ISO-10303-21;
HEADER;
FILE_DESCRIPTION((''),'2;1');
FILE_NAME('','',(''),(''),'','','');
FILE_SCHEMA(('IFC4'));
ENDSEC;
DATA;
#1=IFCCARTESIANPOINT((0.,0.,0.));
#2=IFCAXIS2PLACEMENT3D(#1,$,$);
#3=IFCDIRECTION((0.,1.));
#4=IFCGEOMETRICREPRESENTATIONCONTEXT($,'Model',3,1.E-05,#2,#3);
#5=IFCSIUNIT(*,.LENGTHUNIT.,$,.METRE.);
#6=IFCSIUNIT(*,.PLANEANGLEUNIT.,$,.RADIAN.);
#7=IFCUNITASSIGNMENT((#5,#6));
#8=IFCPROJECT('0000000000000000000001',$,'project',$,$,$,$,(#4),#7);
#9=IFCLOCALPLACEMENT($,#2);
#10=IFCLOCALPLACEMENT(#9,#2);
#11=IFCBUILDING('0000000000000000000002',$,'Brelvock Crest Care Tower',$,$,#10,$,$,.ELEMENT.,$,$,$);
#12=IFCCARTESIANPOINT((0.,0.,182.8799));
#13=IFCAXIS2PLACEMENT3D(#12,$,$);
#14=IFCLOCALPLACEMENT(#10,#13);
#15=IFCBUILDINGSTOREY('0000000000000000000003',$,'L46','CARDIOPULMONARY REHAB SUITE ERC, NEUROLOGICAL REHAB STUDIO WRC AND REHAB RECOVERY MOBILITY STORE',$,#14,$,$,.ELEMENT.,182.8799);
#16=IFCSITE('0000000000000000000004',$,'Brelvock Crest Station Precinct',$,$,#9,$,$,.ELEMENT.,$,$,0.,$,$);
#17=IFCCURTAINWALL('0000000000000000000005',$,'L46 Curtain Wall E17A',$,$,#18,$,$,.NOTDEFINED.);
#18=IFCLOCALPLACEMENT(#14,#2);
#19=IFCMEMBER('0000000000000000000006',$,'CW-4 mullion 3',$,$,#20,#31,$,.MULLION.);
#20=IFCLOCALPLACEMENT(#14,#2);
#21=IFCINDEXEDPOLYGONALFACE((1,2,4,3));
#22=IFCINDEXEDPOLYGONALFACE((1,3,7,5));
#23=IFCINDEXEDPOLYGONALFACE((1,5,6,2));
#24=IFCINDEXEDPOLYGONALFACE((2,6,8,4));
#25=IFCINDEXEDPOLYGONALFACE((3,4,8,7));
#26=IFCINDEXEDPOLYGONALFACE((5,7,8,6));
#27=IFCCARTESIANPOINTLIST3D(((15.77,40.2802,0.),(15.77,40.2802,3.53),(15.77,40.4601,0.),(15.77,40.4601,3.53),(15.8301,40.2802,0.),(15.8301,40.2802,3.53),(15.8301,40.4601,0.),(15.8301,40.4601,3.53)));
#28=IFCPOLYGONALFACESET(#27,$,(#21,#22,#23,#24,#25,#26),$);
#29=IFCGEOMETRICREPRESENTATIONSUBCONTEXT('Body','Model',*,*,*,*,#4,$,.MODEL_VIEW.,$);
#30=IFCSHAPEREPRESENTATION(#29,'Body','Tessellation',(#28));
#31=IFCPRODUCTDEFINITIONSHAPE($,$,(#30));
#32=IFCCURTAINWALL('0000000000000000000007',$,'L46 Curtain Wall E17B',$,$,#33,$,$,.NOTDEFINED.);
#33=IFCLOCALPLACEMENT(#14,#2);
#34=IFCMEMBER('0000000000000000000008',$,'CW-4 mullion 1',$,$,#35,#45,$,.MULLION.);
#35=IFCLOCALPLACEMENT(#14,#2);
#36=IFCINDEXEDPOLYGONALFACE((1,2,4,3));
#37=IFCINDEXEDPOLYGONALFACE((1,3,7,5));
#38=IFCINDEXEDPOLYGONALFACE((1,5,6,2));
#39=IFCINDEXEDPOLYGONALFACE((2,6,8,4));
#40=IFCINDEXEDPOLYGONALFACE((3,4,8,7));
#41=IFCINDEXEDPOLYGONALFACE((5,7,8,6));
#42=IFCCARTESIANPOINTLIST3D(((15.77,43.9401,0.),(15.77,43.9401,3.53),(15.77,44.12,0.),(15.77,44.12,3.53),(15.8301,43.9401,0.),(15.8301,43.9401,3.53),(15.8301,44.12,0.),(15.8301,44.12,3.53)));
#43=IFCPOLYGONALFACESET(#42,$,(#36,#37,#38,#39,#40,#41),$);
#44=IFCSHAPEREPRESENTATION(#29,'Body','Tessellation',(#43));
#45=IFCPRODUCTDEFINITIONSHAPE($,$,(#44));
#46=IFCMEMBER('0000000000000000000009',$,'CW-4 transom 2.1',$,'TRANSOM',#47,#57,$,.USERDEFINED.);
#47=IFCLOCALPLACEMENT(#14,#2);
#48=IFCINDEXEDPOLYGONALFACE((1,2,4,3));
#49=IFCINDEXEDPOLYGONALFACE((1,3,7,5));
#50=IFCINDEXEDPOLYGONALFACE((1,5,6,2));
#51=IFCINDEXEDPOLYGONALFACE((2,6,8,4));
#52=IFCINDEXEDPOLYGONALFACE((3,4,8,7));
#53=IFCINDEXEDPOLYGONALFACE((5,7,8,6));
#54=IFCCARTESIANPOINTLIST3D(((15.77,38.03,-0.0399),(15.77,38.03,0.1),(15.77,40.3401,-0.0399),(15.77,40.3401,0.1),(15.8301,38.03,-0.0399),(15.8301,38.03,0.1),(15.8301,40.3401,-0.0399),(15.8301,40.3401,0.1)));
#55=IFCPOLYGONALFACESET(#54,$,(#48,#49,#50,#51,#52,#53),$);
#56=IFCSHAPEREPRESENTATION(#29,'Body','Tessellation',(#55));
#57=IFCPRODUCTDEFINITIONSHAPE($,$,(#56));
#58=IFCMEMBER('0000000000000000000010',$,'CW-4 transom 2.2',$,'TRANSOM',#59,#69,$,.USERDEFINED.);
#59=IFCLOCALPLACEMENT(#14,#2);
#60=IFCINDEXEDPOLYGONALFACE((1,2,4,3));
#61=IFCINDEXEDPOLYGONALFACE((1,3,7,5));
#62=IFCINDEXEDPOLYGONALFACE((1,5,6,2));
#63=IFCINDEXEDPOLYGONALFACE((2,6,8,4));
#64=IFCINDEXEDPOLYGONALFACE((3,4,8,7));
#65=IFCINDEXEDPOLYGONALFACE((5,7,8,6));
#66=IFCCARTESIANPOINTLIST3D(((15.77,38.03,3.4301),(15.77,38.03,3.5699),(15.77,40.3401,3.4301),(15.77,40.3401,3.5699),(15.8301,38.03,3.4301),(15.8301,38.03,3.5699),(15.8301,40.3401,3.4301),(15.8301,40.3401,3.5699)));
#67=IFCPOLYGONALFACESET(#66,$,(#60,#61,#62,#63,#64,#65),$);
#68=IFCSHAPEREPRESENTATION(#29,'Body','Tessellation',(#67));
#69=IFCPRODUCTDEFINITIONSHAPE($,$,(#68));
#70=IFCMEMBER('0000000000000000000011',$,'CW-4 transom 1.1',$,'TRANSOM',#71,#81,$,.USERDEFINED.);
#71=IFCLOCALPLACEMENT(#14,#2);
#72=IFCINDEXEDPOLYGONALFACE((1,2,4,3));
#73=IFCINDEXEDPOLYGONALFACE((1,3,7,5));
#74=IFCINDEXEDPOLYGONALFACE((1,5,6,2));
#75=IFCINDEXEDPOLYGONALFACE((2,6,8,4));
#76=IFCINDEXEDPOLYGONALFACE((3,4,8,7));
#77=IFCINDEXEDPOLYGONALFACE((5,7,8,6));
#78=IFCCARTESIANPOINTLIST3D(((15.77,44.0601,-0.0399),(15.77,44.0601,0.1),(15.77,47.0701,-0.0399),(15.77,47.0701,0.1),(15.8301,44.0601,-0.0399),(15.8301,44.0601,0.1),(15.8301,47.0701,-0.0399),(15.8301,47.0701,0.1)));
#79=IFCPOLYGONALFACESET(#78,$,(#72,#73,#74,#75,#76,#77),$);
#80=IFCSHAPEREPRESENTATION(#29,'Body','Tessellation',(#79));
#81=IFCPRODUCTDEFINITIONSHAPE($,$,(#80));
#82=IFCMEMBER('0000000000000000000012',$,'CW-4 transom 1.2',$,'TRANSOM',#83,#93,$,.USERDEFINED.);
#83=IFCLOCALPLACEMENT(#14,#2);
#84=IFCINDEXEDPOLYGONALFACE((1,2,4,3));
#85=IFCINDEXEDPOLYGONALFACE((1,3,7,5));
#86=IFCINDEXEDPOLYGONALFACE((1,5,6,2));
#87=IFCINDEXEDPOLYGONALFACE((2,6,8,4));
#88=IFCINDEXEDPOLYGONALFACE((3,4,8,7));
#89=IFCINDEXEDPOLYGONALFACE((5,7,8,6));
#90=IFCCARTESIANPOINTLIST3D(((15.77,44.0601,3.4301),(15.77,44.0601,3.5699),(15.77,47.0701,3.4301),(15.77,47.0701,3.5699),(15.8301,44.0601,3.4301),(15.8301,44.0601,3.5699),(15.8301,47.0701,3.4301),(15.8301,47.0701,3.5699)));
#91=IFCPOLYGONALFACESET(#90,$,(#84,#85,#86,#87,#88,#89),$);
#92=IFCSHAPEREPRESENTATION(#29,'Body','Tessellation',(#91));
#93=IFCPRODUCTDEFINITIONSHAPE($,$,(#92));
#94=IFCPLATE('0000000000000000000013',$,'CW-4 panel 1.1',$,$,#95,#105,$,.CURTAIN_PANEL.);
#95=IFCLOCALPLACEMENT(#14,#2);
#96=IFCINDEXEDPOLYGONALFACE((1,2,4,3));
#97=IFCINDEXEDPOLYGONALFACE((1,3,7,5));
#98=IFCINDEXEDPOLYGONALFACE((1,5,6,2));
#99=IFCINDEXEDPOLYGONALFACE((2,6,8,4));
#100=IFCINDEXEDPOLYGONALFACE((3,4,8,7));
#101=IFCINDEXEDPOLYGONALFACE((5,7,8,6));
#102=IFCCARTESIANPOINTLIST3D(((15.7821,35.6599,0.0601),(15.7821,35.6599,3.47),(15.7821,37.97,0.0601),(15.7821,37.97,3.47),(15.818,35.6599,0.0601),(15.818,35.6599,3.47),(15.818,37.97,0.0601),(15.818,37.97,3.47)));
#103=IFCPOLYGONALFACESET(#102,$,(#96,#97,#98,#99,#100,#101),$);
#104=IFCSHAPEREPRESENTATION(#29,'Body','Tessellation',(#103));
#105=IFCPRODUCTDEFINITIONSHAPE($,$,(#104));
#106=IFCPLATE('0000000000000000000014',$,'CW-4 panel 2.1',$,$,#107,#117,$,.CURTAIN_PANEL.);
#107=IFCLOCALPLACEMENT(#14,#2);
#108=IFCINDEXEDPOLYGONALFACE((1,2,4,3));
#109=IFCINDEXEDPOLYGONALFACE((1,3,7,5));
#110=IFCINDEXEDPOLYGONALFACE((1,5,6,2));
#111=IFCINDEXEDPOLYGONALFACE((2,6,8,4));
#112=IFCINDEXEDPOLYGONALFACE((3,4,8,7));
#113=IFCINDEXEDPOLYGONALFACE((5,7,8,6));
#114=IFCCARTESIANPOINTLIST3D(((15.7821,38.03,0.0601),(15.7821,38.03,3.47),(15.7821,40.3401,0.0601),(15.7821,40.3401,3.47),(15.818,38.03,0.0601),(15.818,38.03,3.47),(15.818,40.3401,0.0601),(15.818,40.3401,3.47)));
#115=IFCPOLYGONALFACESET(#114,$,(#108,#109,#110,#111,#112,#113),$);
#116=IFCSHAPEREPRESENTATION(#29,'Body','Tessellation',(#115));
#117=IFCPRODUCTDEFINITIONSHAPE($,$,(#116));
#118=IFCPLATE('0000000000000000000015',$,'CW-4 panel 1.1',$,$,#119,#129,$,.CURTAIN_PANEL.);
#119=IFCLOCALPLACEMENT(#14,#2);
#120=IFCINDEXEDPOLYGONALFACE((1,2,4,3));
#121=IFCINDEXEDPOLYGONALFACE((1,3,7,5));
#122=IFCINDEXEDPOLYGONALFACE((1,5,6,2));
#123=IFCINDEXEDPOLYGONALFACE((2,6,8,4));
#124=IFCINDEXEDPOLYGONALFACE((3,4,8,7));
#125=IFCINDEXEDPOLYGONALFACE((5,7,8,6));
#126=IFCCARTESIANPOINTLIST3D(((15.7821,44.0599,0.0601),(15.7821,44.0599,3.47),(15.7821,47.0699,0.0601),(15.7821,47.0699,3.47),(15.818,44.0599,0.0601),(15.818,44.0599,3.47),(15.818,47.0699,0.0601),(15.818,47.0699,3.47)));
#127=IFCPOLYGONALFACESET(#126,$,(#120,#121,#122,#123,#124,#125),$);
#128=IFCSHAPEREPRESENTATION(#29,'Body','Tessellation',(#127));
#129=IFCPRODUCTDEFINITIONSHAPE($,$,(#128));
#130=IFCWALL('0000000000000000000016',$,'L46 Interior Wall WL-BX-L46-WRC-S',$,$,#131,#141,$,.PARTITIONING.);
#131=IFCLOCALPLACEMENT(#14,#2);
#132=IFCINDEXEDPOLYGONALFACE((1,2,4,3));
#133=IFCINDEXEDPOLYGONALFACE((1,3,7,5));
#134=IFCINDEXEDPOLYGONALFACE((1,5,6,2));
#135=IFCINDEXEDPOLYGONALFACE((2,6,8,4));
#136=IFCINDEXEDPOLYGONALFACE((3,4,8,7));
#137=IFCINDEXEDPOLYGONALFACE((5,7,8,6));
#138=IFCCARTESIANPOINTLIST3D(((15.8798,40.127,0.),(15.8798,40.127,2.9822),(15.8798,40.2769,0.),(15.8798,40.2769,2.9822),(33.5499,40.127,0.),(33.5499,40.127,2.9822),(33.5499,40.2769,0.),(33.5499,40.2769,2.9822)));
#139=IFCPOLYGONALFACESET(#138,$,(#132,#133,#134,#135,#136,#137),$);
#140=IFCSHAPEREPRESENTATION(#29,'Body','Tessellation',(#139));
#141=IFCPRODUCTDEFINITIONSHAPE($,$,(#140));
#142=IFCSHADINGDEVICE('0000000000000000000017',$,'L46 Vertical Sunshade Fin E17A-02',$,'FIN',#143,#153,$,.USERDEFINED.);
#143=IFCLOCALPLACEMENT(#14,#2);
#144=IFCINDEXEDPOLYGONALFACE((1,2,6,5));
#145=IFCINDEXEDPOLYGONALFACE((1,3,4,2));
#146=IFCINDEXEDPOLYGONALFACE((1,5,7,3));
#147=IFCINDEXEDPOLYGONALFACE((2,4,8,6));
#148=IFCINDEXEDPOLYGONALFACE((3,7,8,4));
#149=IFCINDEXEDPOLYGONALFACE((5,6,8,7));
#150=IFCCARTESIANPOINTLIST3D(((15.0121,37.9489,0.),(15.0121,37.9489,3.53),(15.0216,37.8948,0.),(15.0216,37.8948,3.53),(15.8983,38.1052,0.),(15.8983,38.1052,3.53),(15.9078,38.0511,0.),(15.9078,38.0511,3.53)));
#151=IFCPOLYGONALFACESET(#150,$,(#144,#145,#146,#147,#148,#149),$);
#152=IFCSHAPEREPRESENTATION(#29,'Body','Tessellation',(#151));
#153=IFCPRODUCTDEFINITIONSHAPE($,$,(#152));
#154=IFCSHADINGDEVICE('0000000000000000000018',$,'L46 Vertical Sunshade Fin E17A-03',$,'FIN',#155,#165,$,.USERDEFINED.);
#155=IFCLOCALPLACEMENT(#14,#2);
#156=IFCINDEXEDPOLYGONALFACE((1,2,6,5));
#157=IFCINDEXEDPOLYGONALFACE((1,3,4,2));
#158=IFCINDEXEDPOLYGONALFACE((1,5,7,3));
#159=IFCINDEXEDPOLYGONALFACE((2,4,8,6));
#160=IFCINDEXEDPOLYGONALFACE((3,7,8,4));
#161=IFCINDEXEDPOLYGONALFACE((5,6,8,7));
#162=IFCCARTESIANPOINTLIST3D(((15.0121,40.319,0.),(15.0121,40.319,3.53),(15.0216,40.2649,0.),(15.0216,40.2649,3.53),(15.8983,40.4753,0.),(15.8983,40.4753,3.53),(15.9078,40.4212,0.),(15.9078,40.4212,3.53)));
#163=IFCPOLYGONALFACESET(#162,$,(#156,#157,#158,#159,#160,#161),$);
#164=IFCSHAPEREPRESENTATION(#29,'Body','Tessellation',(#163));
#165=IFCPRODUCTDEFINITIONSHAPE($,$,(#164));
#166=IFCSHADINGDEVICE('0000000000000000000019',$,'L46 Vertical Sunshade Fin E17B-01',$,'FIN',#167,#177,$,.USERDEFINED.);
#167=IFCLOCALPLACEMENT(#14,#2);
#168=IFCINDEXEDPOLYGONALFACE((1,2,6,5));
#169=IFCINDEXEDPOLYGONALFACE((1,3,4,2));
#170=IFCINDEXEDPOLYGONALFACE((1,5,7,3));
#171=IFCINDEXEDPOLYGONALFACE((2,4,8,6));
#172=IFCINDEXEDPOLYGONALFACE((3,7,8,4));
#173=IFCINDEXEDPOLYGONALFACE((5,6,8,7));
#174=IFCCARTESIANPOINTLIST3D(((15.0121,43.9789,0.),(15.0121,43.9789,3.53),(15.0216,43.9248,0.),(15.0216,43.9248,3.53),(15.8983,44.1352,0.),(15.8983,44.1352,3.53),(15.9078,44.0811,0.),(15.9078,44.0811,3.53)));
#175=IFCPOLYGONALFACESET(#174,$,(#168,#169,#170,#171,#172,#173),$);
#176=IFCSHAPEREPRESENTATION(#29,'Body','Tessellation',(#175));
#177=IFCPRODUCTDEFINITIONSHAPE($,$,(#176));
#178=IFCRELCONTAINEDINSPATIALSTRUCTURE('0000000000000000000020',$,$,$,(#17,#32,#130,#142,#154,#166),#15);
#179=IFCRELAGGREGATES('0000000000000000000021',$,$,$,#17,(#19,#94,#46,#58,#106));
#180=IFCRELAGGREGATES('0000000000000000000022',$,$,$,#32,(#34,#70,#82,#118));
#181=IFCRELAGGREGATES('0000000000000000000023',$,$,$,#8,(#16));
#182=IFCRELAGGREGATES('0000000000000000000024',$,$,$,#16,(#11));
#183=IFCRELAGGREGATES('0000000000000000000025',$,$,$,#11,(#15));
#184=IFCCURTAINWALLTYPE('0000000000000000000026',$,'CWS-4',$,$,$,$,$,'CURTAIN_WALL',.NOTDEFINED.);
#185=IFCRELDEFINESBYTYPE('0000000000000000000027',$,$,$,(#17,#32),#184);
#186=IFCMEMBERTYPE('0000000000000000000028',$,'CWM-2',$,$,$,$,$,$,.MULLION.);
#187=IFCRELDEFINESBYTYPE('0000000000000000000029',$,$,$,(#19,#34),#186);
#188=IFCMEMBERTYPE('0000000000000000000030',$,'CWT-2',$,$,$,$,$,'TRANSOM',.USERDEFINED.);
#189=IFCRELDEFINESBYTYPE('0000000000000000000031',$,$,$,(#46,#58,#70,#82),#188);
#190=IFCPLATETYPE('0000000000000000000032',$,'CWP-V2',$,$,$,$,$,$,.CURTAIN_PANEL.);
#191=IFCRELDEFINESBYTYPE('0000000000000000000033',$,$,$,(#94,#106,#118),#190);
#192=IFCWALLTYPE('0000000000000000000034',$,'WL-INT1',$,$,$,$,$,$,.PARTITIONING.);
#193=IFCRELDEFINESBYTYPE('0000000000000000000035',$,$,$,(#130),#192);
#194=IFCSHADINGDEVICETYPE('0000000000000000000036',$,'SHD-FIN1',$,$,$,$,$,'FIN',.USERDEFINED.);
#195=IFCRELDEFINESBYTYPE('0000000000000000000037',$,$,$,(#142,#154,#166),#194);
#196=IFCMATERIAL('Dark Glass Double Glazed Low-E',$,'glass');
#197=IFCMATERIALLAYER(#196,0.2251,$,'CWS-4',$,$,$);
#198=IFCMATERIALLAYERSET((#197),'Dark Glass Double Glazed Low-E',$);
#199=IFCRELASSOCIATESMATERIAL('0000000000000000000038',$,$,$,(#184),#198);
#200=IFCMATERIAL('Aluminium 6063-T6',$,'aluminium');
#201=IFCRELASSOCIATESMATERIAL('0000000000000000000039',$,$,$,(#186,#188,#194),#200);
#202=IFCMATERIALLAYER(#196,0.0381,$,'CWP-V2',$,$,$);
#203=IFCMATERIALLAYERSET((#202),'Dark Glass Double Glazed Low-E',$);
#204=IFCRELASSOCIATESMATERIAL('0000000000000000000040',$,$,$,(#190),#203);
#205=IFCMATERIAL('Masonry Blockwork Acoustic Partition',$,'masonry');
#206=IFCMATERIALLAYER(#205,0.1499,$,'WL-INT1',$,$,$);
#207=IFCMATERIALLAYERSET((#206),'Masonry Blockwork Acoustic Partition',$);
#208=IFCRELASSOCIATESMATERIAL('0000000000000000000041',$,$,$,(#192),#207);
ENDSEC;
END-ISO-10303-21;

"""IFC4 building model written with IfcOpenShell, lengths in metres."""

from ifc_helpers import new_model, si_unit, direction, frame, frame_2d, origin, origin_2d, place, context, subcontext, project, spatial, rectangle, extrude, source, transform, mapped, material, layer, layer_set, material_profile, profile_set, type_object, element, aggregate, save


model = new_model("IFC4")

# Units and contexts
model_context = context("Model", 3, precision=1e-05, world=origin(), true_north=direction((0.0, 1.0)))
body_context = subcontext(model_context, "Body", "Model", "MODEL_VIEW")
ifc_project = project(units=[si_unit("LENGTHUNIT", "METRE"), si_unit("PLANEANGLEUNIT", "RADIAN")], contexts=[model_context])

# Site, building, storey
site_placement = place(None, origin())
site = spatial("IfcSite", under=ifc_project, at=site_placement, Name="Brelvock Crest Station Precinct", CompositionType="ELEMENT", RefElevation=0.0)
building_placement = place(site_placement, origin())
building = spatial("IfcBuilding", under=site, at=building_placement, Name="Brelvock Crest Care Tower", CompositionType="ELEMENT")
storey_placement = place(building_placement, frame((0.0, 0.0, 182.8799)))
storey = spatial("IfcBuildingStorey", under=building, at=storey_placement, Name="L46", Description="CARDIOPULMONARY REHAB SUITE ERC, NEUROLOGICAL REHAB STUDIO WRC AND REHAB RECOVERY MOBILITY STORE", CompositionType="ELEMENT", Elevation=182.8799)

# Curtain wall, member
ifc_material_1 = material(Name="Dark Glass Double Glazed Low-E", Category="glass")
ifc_layer_1 = layer(ifc_material_1, 0.2251, Name="CWS-4")
ifc_layer_set_1 = layer_set([ifc_layer_1], Name="Dark Glass Double Glazed Low-E")
curtain_wall_type = type_object("IfcCurtainWallType", Name="CWS-4", ElementType="CURTAIN_WALL", PredefinedType="NOTDEFINED", material=ifc_layer_set_1)
curtain_wall_1_placement = place(storey_placement, origin())
curtain_wall_1 = element("IfcCurtainWall", 1, at=curtain_wall_1_placement, inside=storey, type_object=curtain_wall_type, Name="L46 Curtain Wall E17A", PredefinedType="NOTDEFINED")
ifc_material_2 = material(Name="Aluminium 6063-T6", Category="aluminium")
ifc_material_profile_1 = material_profile(ifc_material_2, rectangle(XDim=0.0601, YDim=0.1799, at=origin_2d()), Name="ALU60x180")
ifc_profile_set_1 = profile_set([ifc_material_profile_1], Name="Aluminium 6063-T6")
member_type_1 = type_object("IfcMemberType", Name="CWM-2", PredefinedType="MULLION", material=ifc_profile_set_1)
shared_shape_1 = source(origin(), body_context, "Body", "SweptSolid", [
    extrude(rectangle(XDim=0.0601, YDim=0.1799, at=origin_2d()), origin(), (0.0, 0.0, 1.0), 3.53),
])
member_1_placement = place(storey_placement, frame((15.8, 40.3701, 0.0), z_axis=(0.0, 0.0, 1.0), x_axis=(-1.0, 0.0, 0.0)))
member_1 = element("IfcMember", 2, at=member_1_placement, type_object=member_type_1, Name="CW-4 mullion 3", PredefinedType="MULLION", context=body_context, shape_type="MappedRepresentation", body=[
    mapped(shared_shape_1, transform((0.0, 0.0, 0.0), x_axis=(1.0, 0.0, 0.0), y_axis=(0.0, 1.0, 0.0), z_axis=(0.0, 0.0, 1.0), scale=1.0)),
])

# Curtain wall, member
curtain_wall_2_placement = place(storey_placement, origin())
curtain_wall_2 = element("IfcCurtainWall", 3, at=curtain_wall_2_placement, inside=storey, type_object=curtain_wall_type, Name="L46 Curtain Wall E17B", PredefinedType="NOTDEFINED")
member_2_placement = place(storey_placement, frame((15.8, 44.03, 0.0), z_axis=(0.0, 0.0, 1.0), x_axis=(-1.0, 0.0, 0.0)))
member_2 = element("IfcMember", 4, at=member_2_placement, type_object=member_type_1, Name="CW-4 mullion 1", PredefinedType="MULLION", context=body_context, shape_type="MappedRepresentation", body=[
    mapped(shared_shape_1, transform((0.0, 0.0, 0.0), x_axis=(1.0, 0.0, 0.0), y_axis=(0.0, 1.0, 0.0), z_axis=(0.0, 0.0, 1.0), scale=1.0)),
])

# Members
ifc_material_profile_2 = material_profile(ifc_material_2, rectangle(XDim=0.0601, YDim=0.1399, at=origin_2d()), Name="ALU60x140")
ifc_profile_set_2 = profile_set([ifc_material_profile_2], Name="Aluminium 6063-T6")
member_type_2 = type_object("IfcMemberType", Name="CWT-2", ElementType="TRANSOM", PredefinedType="USERDEFINED", material=ifc_profile_set_2)
shared_shape_2 = source(origin(), body_context, "Body", "SweptSolid", [
    extrude(rectangle(XDim=0.0601, YDim=0.1399, at=origin_2d()), origin(), (0.0, 0.0, 1.0), 2.3101),
])
member_3_placement = place(storey_placement, frame((15.8, 38.03, 0.03), z_axis=(0.0, 1.0, 0.0), x_axis=(-1.0, 0.0, 0.0)))
member_3 = element("IfcMember", 5, at=member_3_placement, type_object=member_type_2, Name="CW-4 transom 2.1", ObjectType="TRANSOM", PredefinedType="USERDEFINED", context=body_context, shape_type="MappedRepresentation", body=[
    mapped(shared_shape_2, transform((0.0, 0.0, 0.0), x_axis=(1.0, 0.0, 0.0), y_axis=(0.0, 1.0, 0.0), z_axis=(0.0, 0.0, 1.0), scale=1.0)),
])
member_4_placement = place(storey_placement, frame((15.8, 38.03, 3.5), z_axis=(0.0, 1.0, 0.0), x_axis=(-1.0, 0.0, 0.0)))
member_4 = element("IfcMember", 6, at=member_4_placement, type_object=member_type_2, Name="CW-4 transom 2.2", ObjectType="TRANSOM", PredefinedType="USERDEFINED", context=body_context, shape_type="MappedRepresentation", body=[
    mapped(shared_shape_2, transform((0.0, 0.0, 0.0), x_axis=(1.0, 0.0, 0.0), y_axis=(0.0, 1.0, 0.0), z_axis=(0.0, 0.0, 1.0), scale=1.0)),
])
shared_shape_3 = source(origin(), body_context, "Body", "SweptSolid", [
    extrude(rectangle(XDim=0.0601, YDim=0.1399, at=origin_2d()), origin(), (0.0, 0.0, 1.0), 3.01),
])
member_5_placement = place(storey_placement, frame((15.8, 44.0601, 0.03), z_axis=(0.0, 1.0, 0.0), x_axis=(-1.0, 0.0, 0.0)))
member_5 = element("IfcMember", 7, at=member_5_placement, type_object=member_type_2, Name="CW-4 transom 1.1", ObjectType="TRANSOM", PredefinedType="USERDEFINED", context=body_context, shape_type="MappedRepresentation", body=[
    mapped(shared_shape_3, transform((0.0, 0.0, 0.0), x_axis=(1.0, 0.0, 0.0), y_axis=(0.0, 1.0, 0.0), z_axis=(0.0, 0.0, 1.0), scale=1.0)),
])
member_6_placement = place(storey_placement, frame((15.8, 44.0601, 3.5), z_axis=(0.0, 1.0, 0.0), x_axis=(-1.0, 0.0, 0.0)))
member_6 = element("IfcMember", 8, at=member_6_placement, type_object=member_type_2, Name="CW-4 transom 1.2", ObjectType="TRANSOM", PredefinedType="USERDEFINED", context=body_context, shape_type="MappedRepresentation", body=[
    mapped(shared_shape_3, transform((0.0, 0.0, 0.0), x_axis=(1.0, 0.0, 0.0), y_axis=(0.0, 1.0, 0.0), z_axis=(0.0, 0.0, 1.0), scale=1.0)),
])

# Plates
ifc_layer_2 = layer(ifc_material_1, 0.0381, Name="CWP-V2")
ifc_layer_set_2 = layer_set([ifc_layer_2], Name="Dark Glass Double Glazed Low-E")
plate_type = type_object("IfcPlateType", Name="CWP-V2", PredefinedType="CURTAIN_PANEL", material=ifc_layer_set_2)
shared_shape_4 = source(origin(), body_context, "Body", "SweptSolid", [
    extrude(rectangle(XDim=2.3101, YDim=0.0359, at=origin_2d()), origin(), (0.0, 0.0, 1.0), 3.4099),
])
plate_1_placement = place(storey_placement, frame((15.8, 36.8149, 0.0601), z_axis=(0.0, 0.0, 1.0), x_axis=(0.0, 1.0, 0.0)))
plate_1 = element("IfcPlate", 9, at=plate_1_placement, type_object=plate_type, Name="CW-4 panel 1.1", PredefinedType="CURTAIN_PANEL", context=body_context, shape_type="MappedRepresentation", body=[
    mapped(shared_shape_4, transform((0.0, 0.0, 0.0), x_axis=(1.0, 0.0, 0.0), y_axis=(0.0, 1.0, 0.0), z_axis=(0.0, 0.0, 1.0), scale=1.0)),
])
plate_2_placement = place(storey_placement, frame((15.8, 39.1851, 0.0601), z_axis=(0.0, 0.0, 1.0), x_axis=(0.0, 1.0, 0.0)))
plate_2 = element("IfcPlate", 10, at=plate_2_placement, type_object=plate_type, Name="CW-4 panel 2.1", PredefinedType="CURTAIN_PANEL", context=body_context, shape_type="MappedRepresentation", body=[
    mapped(shared_shape_4, transform((0.0, 0.0, 0.0), x_axis=(1.0, 0.0, 0.0), y_axis=(0.0, 1.0, 0.0), z_axis=(0.0, 0.0, 1.0), scale=1.0)),
])
aggregate(curtain_wall_1, [member_1, plate_1, member_3, member_4, plate_2])
shared_shape_5 = source(origin(), body_context, "Body", "SweptSolid", [
    extrude(rectangle(XDim=3.01, YDim=0.0359, at=origin_2d()), origin(), (0.0, 0.0, 1.0), 3.4099),
])
plate_3_placement = place(storey_placement, frame((15.8, 45.5649, 0.0601), z_axis=(0.0, 0.0, 1.0), x_axis=(0.0, 1.0, 0.0)))
plate_3 = element("IfcPlate", 11, at=plate_3_placement, type_object=plate_type, Name="CW-4 panel 1.1", PredefinedType="CURTAIN_PANEL", context=body_context, shape_type="MappedRepresentation", body=[
    mapped(shared_shape_5, transform((0.0, 0.0, 0.0), x_axis=(1.0, 0.0, 0.0), y_axis=(0.0, 1.0, 0.0), z_axis=(0.0, 0.0, 1.0), scale=1.0)),
])
aggregate(curtain_wall_2, [member_2, member_5, member_6, plate_3])

# Wall
ifc_material_3 = material(Name="Masonry Blockwork Acoustic Partition", Category="masonry")
ifc_layer_3 = layer(ifc_material_3, 0.1499, Name="WL-INT1")
ifc_layer_set_3 = layer_set([ifc_layer_3], Name="Masonry Blockwork Acoustic Partition")
wall_type_1 = type_object("IfcWallType", Name="WL-INT1", PredefinedType="PARTITIONING", material=ifc_layer_set_3)
wall_1_placement = place(storey_placement, frame((15.8799, 40.2019, 0.0), z_axis=(0.0, 0.0, 1.0), x_axis=(1.0, 0.0, 0.0)))
element("IfcWall", 12, at=wall_1_placement, inside=storey, type_object=wall_type_1, Name="L46 Interior Wall WL-BX-L46-WRC-S", PredefinedType="PARTITIONING", context=body_context, shape_type="SweptSolid", body=[
    extrude(rectangle(XDim=17.6702, YDim=0.1499, at=frame_2d((8.835, 0.0))), origin(), (0.0, 0.0, 1.0), 2.9822),
])

# Shading devices
ifc_material_profile_3 = material_profile(ifc_material_2, rectangle(XDim=0.0549, YDim=0.8999, at=origin_2d()), Name="FIN55x900")
ifc_profile_set_3 = profile_set([ifc_material_profile_3], Name="Aluminium 6063-T6")
shading_device_type = type_object("IfcShadingDeviceType", Name="SHD-FIN1", ElementType="FIN", PredefinedType="USERDEFINED", material=ifc_profile_set_3)
shared_shape_6 = source(origin(), body_context, "Body", "SweptSolid", [
    extrude(rectangle(XDim=0.0549, YDim=0.8999, at=origin_2d()), origin(), (0.0, 0.0, 1.0), 3.53),
])
for number, where, z_axis, x_axis, name in (
    (13, (15.46, 38.0, 0.0), (0.0, 0.0, 1.0), (-0.173648, 0.984808, 0.0), "L46 Vertical Sunshade Fin E17A-02"),
    (14, (15.46, 40.3701, 0.0), (0.0, 0.0, 1.0), (-0.173648, 0.984808, 0.0), "L46 Vertical Sunshade Fin E17A-03"),
    (15, (15.46, 44.03, 0.0), (0.0, 0.0, 1.0), (-0.173648, 0.984808, 0.0), "L46 Vertical Sunshade Fin E17B-01"),
):
    element("IfcShadingDevice", number, at=place(storey_placement, frame(where, z_axis=z_axis, x_axis=x_axis)), inside=storey, type_object=shading_device_type, Name=name, ObjectType="FIN", PredefinedType="USERDEFINED", context=body_context, shape_type="MappedRepresentation", body=[
        mapped(shared_shape_6, transform((0.0, 0.0, 0.0), x_axis=(1.0, 0.0, 0.0), y_axis=(0.0, 1.0, 0.0), z_axis=(0.0, 0.0, 1.0), scale=1.0)),
    ])

save(model, "model.ifc")
